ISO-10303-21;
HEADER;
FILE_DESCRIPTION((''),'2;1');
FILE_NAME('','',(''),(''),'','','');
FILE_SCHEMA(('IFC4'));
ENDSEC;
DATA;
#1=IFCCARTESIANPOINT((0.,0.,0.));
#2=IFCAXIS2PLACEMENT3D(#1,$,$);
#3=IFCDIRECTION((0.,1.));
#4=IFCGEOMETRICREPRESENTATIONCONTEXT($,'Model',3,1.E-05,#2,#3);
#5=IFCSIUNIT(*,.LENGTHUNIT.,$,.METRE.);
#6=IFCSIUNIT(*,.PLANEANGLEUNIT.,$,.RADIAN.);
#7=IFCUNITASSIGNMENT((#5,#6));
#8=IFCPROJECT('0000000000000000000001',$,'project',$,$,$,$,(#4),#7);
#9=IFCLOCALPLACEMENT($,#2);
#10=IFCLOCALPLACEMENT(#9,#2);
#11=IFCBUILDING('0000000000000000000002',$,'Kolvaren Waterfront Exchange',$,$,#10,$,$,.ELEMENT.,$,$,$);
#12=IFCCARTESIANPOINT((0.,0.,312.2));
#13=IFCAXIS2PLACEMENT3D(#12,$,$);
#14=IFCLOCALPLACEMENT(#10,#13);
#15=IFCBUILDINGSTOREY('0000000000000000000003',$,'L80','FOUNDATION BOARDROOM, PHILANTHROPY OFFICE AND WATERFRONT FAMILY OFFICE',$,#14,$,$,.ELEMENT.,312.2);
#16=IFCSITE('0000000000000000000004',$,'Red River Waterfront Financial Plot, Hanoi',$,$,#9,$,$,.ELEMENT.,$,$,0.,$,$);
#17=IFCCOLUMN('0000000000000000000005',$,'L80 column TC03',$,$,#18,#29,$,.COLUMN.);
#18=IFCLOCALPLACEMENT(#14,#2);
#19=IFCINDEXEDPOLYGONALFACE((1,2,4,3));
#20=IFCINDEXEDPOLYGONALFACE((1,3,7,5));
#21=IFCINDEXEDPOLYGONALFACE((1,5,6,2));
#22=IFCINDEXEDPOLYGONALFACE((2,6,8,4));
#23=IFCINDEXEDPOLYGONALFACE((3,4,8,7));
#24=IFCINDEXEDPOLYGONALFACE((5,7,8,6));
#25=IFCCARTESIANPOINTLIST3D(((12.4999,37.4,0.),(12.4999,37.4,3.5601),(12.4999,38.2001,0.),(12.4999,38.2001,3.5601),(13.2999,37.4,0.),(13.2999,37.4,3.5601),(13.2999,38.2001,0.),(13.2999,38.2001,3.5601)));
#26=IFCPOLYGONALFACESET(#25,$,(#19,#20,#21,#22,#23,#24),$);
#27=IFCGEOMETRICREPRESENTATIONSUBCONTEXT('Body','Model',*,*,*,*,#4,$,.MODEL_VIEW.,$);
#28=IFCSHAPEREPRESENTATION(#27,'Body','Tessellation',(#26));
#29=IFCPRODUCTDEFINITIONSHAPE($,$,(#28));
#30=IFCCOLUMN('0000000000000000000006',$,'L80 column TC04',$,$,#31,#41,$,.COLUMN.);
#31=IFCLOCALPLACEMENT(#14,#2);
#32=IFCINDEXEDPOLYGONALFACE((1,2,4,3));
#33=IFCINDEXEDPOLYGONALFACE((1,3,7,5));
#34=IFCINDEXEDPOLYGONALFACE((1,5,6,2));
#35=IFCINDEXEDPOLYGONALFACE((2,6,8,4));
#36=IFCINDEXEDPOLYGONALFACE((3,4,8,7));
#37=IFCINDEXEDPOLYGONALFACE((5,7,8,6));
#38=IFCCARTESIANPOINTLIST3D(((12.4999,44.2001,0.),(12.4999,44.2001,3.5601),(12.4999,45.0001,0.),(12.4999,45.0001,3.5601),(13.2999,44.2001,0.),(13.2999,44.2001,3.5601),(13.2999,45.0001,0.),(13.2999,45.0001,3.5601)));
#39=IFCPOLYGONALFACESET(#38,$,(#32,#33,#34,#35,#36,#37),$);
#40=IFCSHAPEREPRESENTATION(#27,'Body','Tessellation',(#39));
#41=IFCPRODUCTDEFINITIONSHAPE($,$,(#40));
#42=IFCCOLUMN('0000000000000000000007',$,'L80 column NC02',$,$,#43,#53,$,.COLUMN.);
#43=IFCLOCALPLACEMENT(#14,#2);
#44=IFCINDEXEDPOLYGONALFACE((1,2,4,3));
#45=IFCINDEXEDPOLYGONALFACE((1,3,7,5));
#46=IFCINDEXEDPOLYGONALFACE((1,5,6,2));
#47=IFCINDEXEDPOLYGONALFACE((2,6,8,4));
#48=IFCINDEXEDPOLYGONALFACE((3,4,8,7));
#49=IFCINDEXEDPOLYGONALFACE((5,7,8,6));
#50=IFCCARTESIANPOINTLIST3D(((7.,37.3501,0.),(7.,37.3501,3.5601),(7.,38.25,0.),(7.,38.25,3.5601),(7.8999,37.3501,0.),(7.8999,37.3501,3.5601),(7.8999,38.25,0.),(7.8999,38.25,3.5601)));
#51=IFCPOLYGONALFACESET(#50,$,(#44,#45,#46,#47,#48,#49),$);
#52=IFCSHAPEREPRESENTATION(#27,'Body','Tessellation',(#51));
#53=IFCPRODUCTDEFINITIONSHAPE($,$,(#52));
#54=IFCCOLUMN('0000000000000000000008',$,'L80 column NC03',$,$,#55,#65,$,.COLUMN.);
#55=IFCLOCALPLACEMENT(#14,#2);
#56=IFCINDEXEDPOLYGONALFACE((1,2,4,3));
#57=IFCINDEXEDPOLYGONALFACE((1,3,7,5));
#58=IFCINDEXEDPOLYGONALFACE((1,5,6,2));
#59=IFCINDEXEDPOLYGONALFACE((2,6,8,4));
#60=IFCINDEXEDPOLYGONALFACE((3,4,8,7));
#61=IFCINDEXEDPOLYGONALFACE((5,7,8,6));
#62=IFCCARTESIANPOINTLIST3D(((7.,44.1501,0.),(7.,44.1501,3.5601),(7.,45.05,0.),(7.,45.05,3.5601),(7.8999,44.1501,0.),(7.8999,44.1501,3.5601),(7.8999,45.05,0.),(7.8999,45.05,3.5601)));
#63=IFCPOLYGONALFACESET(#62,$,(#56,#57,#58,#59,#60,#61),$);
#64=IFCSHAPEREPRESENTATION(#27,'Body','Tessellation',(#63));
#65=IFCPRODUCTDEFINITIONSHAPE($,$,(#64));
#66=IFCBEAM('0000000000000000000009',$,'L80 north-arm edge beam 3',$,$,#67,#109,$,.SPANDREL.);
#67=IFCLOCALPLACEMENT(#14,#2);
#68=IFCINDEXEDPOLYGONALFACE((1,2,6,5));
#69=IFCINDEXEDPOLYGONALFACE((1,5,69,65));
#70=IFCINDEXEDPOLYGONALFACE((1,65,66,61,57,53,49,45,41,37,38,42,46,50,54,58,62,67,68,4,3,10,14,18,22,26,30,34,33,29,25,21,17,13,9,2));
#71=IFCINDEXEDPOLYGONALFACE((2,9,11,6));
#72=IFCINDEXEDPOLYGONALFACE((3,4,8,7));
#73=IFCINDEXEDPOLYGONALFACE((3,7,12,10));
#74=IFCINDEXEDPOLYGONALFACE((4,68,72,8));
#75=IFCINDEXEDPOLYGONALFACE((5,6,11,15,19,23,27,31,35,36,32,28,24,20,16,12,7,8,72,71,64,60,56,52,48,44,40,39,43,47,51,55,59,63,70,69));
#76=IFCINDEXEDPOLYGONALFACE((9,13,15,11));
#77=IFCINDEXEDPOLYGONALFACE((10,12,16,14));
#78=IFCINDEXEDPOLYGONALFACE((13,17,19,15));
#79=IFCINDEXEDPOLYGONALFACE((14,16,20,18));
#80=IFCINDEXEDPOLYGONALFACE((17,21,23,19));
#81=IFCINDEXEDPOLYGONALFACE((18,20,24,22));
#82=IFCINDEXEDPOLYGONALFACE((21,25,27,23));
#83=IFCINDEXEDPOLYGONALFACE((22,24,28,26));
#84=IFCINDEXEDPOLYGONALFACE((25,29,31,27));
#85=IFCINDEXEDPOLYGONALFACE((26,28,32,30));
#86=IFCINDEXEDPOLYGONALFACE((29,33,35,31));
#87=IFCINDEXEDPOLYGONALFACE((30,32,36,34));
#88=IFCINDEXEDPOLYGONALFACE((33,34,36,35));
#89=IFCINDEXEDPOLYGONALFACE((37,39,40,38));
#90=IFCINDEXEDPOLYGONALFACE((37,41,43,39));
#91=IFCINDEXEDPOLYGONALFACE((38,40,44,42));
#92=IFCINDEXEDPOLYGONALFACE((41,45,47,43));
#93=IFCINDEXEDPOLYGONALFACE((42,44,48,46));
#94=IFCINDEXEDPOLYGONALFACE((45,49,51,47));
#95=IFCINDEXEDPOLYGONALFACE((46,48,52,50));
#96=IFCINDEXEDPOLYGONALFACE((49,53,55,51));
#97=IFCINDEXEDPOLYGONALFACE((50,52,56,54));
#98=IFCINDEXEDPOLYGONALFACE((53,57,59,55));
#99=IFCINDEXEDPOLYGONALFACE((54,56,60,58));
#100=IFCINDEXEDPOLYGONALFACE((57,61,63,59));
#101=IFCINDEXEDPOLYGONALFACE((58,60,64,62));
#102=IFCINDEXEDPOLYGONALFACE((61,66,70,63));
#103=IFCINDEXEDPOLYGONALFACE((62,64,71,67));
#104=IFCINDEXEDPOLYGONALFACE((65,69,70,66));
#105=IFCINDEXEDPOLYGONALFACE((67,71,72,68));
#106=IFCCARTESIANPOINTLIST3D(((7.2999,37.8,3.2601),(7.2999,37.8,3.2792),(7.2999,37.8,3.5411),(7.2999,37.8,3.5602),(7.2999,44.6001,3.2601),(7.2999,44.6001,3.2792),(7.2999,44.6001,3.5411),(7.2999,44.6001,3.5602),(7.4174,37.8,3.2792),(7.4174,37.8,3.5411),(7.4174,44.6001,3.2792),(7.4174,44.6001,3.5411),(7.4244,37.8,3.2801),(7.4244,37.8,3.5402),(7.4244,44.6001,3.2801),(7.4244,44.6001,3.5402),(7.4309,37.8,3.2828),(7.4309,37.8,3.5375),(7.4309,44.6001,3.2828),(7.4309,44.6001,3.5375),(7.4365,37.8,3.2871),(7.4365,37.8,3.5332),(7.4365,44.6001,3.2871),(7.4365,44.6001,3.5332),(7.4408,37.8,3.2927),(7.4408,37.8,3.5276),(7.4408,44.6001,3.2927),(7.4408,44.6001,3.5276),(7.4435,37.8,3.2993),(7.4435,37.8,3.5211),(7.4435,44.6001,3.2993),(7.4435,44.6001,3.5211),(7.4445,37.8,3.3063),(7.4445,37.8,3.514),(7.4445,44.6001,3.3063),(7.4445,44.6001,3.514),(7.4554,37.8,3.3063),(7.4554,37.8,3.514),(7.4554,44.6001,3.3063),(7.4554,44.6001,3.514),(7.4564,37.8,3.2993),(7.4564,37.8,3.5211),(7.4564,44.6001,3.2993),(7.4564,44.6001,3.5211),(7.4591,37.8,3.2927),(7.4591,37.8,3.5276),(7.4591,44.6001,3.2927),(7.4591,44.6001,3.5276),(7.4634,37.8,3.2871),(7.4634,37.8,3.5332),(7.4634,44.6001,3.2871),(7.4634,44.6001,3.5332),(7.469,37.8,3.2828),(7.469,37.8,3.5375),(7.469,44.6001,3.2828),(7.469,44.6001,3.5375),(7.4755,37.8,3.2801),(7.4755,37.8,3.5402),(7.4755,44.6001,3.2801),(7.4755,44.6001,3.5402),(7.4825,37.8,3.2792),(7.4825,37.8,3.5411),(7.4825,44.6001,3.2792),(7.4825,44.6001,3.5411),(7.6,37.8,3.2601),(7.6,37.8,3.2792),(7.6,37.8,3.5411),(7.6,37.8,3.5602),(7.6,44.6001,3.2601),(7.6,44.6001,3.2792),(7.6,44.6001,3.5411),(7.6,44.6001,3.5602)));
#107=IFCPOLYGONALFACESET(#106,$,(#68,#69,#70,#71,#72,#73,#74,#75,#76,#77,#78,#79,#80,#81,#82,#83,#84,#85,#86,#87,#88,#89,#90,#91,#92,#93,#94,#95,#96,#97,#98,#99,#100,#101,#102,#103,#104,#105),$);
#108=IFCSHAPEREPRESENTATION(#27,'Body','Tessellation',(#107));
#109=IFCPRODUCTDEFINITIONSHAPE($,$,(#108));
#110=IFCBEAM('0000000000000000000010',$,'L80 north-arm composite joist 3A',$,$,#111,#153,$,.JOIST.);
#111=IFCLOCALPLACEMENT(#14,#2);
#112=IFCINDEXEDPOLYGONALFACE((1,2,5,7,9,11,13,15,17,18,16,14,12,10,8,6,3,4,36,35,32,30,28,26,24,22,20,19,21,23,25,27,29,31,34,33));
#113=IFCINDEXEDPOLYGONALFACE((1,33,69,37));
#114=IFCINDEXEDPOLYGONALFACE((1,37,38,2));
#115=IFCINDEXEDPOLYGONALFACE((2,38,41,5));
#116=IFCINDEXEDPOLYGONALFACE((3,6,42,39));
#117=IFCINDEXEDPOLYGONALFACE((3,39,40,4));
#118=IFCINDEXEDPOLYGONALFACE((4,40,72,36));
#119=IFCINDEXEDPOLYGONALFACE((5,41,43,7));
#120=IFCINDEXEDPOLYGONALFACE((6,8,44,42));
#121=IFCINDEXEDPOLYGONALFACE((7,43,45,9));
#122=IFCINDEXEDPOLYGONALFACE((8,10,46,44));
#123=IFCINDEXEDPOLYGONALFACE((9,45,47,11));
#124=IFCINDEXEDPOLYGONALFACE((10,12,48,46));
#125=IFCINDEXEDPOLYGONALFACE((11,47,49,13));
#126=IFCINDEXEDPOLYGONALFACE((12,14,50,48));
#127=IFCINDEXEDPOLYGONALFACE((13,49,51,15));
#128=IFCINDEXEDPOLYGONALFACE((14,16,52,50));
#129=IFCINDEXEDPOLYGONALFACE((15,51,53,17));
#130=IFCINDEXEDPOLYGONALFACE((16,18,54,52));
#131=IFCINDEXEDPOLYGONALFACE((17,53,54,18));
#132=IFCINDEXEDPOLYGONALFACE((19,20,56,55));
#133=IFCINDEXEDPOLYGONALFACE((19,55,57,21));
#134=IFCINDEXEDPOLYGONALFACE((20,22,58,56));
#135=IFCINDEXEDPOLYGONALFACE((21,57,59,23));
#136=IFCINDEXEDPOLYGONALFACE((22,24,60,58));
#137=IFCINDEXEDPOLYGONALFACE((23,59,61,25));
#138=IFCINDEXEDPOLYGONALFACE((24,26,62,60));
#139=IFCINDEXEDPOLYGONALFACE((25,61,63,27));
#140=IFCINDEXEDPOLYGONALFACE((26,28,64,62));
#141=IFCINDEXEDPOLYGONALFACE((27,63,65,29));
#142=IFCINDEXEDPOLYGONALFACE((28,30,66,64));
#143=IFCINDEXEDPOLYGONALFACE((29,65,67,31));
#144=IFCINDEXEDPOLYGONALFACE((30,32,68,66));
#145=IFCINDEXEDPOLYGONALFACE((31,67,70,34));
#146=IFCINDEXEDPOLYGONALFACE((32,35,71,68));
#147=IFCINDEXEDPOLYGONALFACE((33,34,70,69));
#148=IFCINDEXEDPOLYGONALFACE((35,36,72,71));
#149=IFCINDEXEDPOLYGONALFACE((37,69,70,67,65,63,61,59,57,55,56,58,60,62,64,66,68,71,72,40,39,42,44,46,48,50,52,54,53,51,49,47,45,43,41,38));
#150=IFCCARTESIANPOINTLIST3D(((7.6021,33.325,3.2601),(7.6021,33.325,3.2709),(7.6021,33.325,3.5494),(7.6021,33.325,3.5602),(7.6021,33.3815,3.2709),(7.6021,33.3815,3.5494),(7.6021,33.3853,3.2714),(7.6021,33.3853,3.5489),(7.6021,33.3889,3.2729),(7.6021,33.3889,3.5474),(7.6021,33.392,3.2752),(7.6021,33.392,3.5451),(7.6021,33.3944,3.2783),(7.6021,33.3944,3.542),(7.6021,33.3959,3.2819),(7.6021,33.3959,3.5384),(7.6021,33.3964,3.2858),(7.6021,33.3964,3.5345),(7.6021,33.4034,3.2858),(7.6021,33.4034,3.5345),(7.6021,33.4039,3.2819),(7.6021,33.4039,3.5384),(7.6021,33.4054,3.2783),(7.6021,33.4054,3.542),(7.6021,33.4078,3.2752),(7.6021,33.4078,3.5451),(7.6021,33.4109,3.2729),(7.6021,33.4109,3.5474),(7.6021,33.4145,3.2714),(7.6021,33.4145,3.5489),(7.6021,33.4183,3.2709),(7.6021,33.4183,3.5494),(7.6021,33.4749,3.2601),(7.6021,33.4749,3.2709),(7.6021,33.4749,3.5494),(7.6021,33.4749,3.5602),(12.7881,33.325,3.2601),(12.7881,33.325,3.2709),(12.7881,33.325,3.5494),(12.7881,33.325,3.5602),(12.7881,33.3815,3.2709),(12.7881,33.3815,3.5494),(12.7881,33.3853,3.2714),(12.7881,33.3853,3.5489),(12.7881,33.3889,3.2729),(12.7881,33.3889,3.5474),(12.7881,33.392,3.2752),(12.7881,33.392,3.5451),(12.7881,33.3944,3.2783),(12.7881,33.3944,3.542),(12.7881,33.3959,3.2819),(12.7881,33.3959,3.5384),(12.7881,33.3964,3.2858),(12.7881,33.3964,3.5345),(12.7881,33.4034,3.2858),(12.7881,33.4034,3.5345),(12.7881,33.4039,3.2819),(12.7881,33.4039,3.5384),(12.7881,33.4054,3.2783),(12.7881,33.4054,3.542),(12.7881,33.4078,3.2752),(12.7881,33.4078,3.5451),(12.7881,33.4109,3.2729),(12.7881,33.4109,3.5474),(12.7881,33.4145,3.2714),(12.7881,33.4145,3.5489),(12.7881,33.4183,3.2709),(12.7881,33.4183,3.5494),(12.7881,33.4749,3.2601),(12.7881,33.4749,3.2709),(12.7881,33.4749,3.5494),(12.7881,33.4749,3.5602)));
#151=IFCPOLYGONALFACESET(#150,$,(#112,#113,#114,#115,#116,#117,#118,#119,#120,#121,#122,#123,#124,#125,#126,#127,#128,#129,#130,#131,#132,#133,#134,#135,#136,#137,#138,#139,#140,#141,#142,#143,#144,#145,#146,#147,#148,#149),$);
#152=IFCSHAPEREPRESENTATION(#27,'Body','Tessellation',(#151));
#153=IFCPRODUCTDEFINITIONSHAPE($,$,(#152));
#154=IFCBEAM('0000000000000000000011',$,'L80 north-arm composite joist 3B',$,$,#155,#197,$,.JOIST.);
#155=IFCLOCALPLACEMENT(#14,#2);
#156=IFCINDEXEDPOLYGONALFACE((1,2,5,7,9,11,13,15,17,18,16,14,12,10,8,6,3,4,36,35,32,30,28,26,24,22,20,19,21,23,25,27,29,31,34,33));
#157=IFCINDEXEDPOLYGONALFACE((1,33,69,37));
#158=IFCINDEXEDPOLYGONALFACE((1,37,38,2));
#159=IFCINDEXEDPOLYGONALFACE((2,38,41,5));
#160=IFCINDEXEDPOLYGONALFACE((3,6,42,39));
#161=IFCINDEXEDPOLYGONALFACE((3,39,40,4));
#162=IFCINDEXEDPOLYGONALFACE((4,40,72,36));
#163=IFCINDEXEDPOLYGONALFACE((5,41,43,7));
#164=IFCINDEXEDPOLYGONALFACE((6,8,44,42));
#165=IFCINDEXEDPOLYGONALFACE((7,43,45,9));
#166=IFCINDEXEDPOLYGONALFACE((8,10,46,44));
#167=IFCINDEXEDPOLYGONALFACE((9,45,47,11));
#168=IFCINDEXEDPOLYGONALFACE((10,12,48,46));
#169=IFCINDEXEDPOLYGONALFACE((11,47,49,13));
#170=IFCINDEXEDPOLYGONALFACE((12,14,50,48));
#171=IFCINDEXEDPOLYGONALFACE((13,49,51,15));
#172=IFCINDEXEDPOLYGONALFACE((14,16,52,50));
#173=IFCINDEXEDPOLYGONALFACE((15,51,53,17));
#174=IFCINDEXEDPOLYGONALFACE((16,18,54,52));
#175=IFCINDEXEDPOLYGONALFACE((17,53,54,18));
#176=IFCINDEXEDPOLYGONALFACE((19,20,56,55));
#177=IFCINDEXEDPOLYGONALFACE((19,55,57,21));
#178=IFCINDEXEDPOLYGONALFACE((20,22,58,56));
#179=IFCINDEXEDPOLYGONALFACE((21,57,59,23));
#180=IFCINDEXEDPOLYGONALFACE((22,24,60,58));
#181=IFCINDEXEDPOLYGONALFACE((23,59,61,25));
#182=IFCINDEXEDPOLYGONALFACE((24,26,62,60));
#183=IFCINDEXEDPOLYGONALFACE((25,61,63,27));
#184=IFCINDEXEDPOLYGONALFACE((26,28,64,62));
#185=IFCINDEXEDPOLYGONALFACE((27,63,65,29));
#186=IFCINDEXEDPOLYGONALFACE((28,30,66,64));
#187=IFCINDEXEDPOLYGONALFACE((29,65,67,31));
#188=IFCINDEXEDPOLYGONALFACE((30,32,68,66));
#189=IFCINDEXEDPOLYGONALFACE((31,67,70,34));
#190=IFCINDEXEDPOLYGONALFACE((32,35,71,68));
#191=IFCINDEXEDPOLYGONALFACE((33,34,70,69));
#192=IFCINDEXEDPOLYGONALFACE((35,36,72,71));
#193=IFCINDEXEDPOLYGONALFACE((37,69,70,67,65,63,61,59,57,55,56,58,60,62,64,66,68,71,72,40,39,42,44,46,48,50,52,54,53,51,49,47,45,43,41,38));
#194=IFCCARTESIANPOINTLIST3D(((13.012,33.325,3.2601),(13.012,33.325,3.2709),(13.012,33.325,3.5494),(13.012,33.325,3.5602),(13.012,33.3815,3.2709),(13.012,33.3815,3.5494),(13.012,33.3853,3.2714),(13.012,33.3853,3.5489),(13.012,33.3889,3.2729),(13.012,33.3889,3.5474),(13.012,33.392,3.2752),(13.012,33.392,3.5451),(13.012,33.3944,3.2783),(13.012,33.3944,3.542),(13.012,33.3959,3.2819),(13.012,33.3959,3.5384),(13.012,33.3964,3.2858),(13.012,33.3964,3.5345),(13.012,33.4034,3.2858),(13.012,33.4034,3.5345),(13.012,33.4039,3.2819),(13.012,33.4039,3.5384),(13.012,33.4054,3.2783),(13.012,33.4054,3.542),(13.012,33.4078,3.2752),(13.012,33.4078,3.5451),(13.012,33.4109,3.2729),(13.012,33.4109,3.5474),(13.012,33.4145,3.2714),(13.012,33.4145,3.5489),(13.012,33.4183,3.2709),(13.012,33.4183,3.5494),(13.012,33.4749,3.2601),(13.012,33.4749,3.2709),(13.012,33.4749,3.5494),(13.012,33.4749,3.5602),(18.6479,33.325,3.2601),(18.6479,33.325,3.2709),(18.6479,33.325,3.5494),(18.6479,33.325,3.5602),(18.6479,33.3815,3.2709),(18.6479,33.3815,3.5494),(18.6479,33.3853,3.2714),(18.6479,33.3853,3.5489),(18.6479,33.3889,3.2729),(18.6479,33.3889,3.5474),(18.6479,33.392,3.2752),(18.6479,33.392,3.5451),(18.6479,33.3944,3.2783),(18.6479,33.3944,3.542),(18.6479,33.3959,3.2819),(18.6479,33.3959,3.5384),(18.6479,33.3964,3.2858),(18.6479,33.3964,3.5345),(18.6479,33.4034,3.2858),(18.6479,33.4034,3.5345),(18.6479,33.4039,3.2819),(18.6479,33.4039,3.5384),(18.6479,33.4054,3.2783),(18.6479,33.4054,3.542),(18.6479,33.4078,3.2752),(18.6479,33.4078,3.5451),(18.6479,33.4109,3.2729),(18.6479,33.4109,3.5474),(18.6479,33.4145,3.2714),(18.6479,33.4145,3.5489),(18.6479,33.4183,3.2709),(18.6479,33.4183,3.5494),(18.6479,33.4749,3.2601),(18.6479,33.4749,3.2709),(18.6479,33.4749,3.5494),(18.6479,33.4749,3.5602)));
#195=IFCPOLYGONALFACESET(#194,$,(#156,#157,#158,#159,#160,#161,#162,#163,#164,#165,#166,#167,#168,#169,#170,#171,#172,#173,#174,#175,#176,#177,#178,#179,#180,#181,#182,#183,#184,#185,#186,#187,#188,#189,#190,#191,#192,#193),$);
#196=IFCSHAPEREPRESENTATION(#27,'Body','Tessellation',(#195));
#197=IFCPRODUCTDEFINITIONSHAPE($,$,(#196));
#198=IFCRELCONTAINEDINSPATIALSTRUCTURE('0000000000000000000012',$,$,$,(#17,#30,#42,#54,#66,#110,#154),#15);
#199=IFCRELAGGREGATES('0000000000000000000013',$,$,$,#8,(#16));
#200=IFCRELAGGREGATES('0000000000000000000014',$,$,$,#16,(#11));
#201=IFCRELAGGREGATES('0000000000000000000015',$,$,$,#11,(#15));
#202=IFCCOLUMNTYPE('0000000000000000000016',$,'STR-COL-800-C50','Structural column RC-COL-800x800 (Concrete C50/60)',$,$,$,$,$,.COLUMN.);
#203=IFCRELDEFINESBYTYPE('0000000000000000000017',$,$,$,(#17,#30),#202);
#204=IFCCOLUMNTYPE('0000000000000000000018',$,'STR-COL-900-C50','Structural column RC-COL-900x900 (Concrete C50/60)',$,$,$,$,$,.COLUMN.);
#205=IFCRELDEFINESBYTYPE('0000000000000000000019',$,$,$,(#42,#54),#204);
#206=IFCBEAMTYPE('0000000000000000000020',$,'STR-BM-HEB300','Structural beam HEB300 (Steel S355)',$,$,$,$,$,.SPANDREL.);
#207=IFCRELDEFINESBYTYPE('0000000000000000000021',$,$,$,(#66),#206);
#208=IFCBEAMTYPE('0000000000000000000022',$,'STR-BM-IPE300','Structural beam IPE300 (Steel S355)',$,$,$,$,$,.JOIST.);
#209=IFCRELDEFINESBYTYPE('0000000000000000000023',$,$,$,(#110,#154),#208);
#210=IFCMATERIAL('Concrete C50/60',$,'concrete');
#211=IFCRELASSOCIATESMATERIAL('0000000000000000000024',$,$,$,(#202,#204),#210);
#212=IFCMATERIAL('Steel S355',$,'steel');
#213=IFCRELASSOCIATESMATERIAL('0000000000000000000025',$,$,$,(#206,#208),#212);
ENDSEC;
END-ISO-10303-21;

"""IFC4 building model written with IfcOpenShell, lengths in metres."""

from ifc_helpers import new_model, si_unit, direction, frame, origin, origin_2d, place, context, subcontext, project, spatial, rectangle, i_section, extrude, material, material_profile, profile_set, type_object, element, save


model = new_model("IFC4")

# Units and contexts
model_context = context("Model", 3, precision=1e-05, world=origin(), true_north=direction((0.0, 1.0)))
body_context = subcontext(model_context, "Body", "Model", "MODEL_VIEW")
ifc_project = project(units=[si_unit("LENGTHUNIT", "METRE"), si_unit("PLANEANGLEUNIT", "RADIAN")], contexts=[model_context])

# Site, building, storey
site_placement = place(None, origin())
site = spatial("IfcSite", under=ifc_project, at=site_placement, Name="Red River Waterfront Financial Plot, Hanoi", CompositionType="ELEMENT", RefElevation=0.0)
building_placement = place(site_placement, origin())
building = spatial("IfcBuilding", under=site, at=building_placement, Name="Kolvaren Waterfront Exchange", CompositionType="ELEMENT")
storey_placement = place(building_placement, frame((0.0, 0.0, 312.2)))
storey = spatial("IfcBuildingStorey", under=building, at=storey_placement, Name="L80", Description="FOUNDATION BOARDROOM, PHILANTHROPY OFFICE AND WATERFRONT FAMILY OFFICE", CompositionType="ELEMENT", Elevation=312.2)

# Columns
ifc_material_1 = material(Name="Concrete C50/60", Category="concrete")
ifc_material_profile_1 = material_profile(ifc_material_1, rectangle(XDim=0.8, YDim=0.8, at=origin_2d()), Name="RC-COL-800x800")
ifc_profile_set_1 = profile_set([ifc_material_profile_1], Name="Concrete C50/60")
column_type_1 = type_object("IfcColumnType", Name="STR-COL-800-C50", Description="Structural column RC-COL-800x800 (Concrete C50/60)", PredefinedType="COLUMN", material=ifc_profile_set_1)
for number, where, z_axis, x_axis, name in (
    (1, (12.8999, 37.8, 0.0), (0.0, 0.0, 1.0), (1.0, 0.0, 0.0), "L80 column TC03"),
    (2, (12.8999, 44.6001, 0.0), (0.0, 0.0, 1.0), (1.0, 0.0, 0.0), "L80 column TC04"),
):
    element("IfcColumn", number, at=place(storey_placement, frame(where, z_axis=z_axis, x_axis=x_axis)), inside=storey, type_object=column_type_1, Name=name, PredefinedType="COLUMN", context=body_context, shape_type="SweptSolid", body=[
        extrude(rectangle(XDim=0.8, YDim=0.8, at=origin_2d()), origin(), (0.0, 0.0, 1.0), 3.5601),
    ])
ifc_material_profile_2 = material_profile(ifc_material_1, rectangle(XDim=0.8999, YDim=0.8999, at=origin_2d()), Name="RC-COL-900x900")
ifc_profile_set_2 = profile_set([ifc_material_profile_2], Name="Concrete C50/60")
column_type_2 = type_object("IfcColumnType", Name="STR-COL-900-C50", Description="Structural column RC-COL-900x900 (Concrete C50/60)", PredefinedType="COLUMN", material=ifc_profile_set_2)
for number, where, z_axis, x_axis, name in (
    (3, (7.45, 37.8, 0.0), (0.0, 0.0, 1.0), (1.0, 0.0, 0.0), "L80 column NC02"),
    (4, (7.45, 44.6001, 0.0), (0.0, 0.0, 1.0), (1.0, 0.0, 0.0), "L80 column NC03"),
):
    element("IfcColumn", number, at=place(storey_placement, frame(where, z_axis=z_axis, x_axis=x_axis)), inside=storey, type_object=column_type_2, Name=name, PredefinedType="COLUMN", context=body_context, shape_type="SweptSolid", body=[
        extrude(rectangle(XDim=0.8999, YDim=0.8999, at=origin_2d()), origin(), (0.0, 0.0, 1.0), 3.5601),
    ])

# Beams
ifc_material_2 = material(Name="Steel S355", Category="steel")
ifc_material_profile_3 = material_profile(ifc_material_2, i_section(OverallWidth=0.3, OverallDepth=0.3, WebThickness=0.011, FlangeThickness=0.019, FilletRadius=0.0271, at=origin_2d()), Name="HEB300")
ifc_profile_set_3 = profile_set([ifc_material_profile_3], Name="Steel S355")
beam_type_1 = type_object("IfcBeamType", Name="STR-BM-HEB300", Description="Structural beam HEB300 (Steel S355)", PredefinedType="SPANDREL", material=ifc_profile_set_3)
beam_1_placement = place(storey_placement, frame((7.45, 37.8, 3.4102), z_axis=(0.0, 1.0, 0.0), x_axis=(-1.0, 0.0, 0.0)))
element("IfcBeam", 5, at=beam_1_placement, inside=storey, type_object=beam_type_1, Name="L80 north-arm edge beam 3", PredefinedType="SPANDREL", context=body_context, shape_type="SweptSolid", body=[
    extrude(i_section(OverallWidth=0.3, OverallDepth=0.3, WebThickness=0.011, FlangeThickness=0.019, FilletRadius=0.0271, at=origin_2d()), origin(), (0.0, 0.0, 1.0), 6.8),
])
ifc_material_profile_4 = material_profile(ifc_material_2, i_section(OverallWidth=0.1499, OverallDepth=0.3, WebThickness=0.0071, FlangeThickness=0.0107, FilletRadius=0.0149, at=origin_2d()), Name="IPE300")
ifc_profile_set_4 = profile_set([ifc_material_profile_4], Name="Steel S355")
beam_type_2 = type_object("IfcBeamType", Name="STR-BM-IPE300", Description="Structural beam IPE300 (Steel S355)", PredefinedType="JOIST", material=ifc_profile_set_4)
beam_2_placement = place(storey_placement, frame((7.6021, 33.3999, 3.4102), z_axis=(1.0, 0.0, 0.0), x_axis=(0.0, 1.0, 0.0)))
element("IfcBeam", 6, at=beam_2_placement, inside=storey, type_object=beam_type_2, Name="L80 north-arm composite joist 3A", PredefinedType="JOIST", context=body_context, shape_type="SweptSolid", body=[
    extrude(i_section(OverallWidth=0.1499, OverallDepth=0.3, WebThickness=0.0071, FlangeThickness=0.0107, FilletRadius=0.0149, at=origin_2d()), origin(), (0.0, 0.0, 1.0), 5.186),
])
beam_3_placement = place(storey_placement, frame((13.012, 33.3999, 3.4102), z_axis=(1.0, 0.0, 0.0), x_axis=(0.0, 1.0, 0.0)))
element("IfcBeam", 7, at=beam_3_placement, inside=storey, type_object=beam_type_2, Name="L80 north-arm composite joist 3B", PredefinedType="JOIST", context=body_context, shape_type="SweptSolid", body=[
    extrude(i_section(OverallWidth=0.1499, OverallDepth=0.3, WebThickness=0.0071, FlangeThickness=0.0107, FilletRadius=0.0149, at=origin_2d()), origin(), (0.0, 0.0, 1.0), 5.636),
])

save(model, "model.ifc")
